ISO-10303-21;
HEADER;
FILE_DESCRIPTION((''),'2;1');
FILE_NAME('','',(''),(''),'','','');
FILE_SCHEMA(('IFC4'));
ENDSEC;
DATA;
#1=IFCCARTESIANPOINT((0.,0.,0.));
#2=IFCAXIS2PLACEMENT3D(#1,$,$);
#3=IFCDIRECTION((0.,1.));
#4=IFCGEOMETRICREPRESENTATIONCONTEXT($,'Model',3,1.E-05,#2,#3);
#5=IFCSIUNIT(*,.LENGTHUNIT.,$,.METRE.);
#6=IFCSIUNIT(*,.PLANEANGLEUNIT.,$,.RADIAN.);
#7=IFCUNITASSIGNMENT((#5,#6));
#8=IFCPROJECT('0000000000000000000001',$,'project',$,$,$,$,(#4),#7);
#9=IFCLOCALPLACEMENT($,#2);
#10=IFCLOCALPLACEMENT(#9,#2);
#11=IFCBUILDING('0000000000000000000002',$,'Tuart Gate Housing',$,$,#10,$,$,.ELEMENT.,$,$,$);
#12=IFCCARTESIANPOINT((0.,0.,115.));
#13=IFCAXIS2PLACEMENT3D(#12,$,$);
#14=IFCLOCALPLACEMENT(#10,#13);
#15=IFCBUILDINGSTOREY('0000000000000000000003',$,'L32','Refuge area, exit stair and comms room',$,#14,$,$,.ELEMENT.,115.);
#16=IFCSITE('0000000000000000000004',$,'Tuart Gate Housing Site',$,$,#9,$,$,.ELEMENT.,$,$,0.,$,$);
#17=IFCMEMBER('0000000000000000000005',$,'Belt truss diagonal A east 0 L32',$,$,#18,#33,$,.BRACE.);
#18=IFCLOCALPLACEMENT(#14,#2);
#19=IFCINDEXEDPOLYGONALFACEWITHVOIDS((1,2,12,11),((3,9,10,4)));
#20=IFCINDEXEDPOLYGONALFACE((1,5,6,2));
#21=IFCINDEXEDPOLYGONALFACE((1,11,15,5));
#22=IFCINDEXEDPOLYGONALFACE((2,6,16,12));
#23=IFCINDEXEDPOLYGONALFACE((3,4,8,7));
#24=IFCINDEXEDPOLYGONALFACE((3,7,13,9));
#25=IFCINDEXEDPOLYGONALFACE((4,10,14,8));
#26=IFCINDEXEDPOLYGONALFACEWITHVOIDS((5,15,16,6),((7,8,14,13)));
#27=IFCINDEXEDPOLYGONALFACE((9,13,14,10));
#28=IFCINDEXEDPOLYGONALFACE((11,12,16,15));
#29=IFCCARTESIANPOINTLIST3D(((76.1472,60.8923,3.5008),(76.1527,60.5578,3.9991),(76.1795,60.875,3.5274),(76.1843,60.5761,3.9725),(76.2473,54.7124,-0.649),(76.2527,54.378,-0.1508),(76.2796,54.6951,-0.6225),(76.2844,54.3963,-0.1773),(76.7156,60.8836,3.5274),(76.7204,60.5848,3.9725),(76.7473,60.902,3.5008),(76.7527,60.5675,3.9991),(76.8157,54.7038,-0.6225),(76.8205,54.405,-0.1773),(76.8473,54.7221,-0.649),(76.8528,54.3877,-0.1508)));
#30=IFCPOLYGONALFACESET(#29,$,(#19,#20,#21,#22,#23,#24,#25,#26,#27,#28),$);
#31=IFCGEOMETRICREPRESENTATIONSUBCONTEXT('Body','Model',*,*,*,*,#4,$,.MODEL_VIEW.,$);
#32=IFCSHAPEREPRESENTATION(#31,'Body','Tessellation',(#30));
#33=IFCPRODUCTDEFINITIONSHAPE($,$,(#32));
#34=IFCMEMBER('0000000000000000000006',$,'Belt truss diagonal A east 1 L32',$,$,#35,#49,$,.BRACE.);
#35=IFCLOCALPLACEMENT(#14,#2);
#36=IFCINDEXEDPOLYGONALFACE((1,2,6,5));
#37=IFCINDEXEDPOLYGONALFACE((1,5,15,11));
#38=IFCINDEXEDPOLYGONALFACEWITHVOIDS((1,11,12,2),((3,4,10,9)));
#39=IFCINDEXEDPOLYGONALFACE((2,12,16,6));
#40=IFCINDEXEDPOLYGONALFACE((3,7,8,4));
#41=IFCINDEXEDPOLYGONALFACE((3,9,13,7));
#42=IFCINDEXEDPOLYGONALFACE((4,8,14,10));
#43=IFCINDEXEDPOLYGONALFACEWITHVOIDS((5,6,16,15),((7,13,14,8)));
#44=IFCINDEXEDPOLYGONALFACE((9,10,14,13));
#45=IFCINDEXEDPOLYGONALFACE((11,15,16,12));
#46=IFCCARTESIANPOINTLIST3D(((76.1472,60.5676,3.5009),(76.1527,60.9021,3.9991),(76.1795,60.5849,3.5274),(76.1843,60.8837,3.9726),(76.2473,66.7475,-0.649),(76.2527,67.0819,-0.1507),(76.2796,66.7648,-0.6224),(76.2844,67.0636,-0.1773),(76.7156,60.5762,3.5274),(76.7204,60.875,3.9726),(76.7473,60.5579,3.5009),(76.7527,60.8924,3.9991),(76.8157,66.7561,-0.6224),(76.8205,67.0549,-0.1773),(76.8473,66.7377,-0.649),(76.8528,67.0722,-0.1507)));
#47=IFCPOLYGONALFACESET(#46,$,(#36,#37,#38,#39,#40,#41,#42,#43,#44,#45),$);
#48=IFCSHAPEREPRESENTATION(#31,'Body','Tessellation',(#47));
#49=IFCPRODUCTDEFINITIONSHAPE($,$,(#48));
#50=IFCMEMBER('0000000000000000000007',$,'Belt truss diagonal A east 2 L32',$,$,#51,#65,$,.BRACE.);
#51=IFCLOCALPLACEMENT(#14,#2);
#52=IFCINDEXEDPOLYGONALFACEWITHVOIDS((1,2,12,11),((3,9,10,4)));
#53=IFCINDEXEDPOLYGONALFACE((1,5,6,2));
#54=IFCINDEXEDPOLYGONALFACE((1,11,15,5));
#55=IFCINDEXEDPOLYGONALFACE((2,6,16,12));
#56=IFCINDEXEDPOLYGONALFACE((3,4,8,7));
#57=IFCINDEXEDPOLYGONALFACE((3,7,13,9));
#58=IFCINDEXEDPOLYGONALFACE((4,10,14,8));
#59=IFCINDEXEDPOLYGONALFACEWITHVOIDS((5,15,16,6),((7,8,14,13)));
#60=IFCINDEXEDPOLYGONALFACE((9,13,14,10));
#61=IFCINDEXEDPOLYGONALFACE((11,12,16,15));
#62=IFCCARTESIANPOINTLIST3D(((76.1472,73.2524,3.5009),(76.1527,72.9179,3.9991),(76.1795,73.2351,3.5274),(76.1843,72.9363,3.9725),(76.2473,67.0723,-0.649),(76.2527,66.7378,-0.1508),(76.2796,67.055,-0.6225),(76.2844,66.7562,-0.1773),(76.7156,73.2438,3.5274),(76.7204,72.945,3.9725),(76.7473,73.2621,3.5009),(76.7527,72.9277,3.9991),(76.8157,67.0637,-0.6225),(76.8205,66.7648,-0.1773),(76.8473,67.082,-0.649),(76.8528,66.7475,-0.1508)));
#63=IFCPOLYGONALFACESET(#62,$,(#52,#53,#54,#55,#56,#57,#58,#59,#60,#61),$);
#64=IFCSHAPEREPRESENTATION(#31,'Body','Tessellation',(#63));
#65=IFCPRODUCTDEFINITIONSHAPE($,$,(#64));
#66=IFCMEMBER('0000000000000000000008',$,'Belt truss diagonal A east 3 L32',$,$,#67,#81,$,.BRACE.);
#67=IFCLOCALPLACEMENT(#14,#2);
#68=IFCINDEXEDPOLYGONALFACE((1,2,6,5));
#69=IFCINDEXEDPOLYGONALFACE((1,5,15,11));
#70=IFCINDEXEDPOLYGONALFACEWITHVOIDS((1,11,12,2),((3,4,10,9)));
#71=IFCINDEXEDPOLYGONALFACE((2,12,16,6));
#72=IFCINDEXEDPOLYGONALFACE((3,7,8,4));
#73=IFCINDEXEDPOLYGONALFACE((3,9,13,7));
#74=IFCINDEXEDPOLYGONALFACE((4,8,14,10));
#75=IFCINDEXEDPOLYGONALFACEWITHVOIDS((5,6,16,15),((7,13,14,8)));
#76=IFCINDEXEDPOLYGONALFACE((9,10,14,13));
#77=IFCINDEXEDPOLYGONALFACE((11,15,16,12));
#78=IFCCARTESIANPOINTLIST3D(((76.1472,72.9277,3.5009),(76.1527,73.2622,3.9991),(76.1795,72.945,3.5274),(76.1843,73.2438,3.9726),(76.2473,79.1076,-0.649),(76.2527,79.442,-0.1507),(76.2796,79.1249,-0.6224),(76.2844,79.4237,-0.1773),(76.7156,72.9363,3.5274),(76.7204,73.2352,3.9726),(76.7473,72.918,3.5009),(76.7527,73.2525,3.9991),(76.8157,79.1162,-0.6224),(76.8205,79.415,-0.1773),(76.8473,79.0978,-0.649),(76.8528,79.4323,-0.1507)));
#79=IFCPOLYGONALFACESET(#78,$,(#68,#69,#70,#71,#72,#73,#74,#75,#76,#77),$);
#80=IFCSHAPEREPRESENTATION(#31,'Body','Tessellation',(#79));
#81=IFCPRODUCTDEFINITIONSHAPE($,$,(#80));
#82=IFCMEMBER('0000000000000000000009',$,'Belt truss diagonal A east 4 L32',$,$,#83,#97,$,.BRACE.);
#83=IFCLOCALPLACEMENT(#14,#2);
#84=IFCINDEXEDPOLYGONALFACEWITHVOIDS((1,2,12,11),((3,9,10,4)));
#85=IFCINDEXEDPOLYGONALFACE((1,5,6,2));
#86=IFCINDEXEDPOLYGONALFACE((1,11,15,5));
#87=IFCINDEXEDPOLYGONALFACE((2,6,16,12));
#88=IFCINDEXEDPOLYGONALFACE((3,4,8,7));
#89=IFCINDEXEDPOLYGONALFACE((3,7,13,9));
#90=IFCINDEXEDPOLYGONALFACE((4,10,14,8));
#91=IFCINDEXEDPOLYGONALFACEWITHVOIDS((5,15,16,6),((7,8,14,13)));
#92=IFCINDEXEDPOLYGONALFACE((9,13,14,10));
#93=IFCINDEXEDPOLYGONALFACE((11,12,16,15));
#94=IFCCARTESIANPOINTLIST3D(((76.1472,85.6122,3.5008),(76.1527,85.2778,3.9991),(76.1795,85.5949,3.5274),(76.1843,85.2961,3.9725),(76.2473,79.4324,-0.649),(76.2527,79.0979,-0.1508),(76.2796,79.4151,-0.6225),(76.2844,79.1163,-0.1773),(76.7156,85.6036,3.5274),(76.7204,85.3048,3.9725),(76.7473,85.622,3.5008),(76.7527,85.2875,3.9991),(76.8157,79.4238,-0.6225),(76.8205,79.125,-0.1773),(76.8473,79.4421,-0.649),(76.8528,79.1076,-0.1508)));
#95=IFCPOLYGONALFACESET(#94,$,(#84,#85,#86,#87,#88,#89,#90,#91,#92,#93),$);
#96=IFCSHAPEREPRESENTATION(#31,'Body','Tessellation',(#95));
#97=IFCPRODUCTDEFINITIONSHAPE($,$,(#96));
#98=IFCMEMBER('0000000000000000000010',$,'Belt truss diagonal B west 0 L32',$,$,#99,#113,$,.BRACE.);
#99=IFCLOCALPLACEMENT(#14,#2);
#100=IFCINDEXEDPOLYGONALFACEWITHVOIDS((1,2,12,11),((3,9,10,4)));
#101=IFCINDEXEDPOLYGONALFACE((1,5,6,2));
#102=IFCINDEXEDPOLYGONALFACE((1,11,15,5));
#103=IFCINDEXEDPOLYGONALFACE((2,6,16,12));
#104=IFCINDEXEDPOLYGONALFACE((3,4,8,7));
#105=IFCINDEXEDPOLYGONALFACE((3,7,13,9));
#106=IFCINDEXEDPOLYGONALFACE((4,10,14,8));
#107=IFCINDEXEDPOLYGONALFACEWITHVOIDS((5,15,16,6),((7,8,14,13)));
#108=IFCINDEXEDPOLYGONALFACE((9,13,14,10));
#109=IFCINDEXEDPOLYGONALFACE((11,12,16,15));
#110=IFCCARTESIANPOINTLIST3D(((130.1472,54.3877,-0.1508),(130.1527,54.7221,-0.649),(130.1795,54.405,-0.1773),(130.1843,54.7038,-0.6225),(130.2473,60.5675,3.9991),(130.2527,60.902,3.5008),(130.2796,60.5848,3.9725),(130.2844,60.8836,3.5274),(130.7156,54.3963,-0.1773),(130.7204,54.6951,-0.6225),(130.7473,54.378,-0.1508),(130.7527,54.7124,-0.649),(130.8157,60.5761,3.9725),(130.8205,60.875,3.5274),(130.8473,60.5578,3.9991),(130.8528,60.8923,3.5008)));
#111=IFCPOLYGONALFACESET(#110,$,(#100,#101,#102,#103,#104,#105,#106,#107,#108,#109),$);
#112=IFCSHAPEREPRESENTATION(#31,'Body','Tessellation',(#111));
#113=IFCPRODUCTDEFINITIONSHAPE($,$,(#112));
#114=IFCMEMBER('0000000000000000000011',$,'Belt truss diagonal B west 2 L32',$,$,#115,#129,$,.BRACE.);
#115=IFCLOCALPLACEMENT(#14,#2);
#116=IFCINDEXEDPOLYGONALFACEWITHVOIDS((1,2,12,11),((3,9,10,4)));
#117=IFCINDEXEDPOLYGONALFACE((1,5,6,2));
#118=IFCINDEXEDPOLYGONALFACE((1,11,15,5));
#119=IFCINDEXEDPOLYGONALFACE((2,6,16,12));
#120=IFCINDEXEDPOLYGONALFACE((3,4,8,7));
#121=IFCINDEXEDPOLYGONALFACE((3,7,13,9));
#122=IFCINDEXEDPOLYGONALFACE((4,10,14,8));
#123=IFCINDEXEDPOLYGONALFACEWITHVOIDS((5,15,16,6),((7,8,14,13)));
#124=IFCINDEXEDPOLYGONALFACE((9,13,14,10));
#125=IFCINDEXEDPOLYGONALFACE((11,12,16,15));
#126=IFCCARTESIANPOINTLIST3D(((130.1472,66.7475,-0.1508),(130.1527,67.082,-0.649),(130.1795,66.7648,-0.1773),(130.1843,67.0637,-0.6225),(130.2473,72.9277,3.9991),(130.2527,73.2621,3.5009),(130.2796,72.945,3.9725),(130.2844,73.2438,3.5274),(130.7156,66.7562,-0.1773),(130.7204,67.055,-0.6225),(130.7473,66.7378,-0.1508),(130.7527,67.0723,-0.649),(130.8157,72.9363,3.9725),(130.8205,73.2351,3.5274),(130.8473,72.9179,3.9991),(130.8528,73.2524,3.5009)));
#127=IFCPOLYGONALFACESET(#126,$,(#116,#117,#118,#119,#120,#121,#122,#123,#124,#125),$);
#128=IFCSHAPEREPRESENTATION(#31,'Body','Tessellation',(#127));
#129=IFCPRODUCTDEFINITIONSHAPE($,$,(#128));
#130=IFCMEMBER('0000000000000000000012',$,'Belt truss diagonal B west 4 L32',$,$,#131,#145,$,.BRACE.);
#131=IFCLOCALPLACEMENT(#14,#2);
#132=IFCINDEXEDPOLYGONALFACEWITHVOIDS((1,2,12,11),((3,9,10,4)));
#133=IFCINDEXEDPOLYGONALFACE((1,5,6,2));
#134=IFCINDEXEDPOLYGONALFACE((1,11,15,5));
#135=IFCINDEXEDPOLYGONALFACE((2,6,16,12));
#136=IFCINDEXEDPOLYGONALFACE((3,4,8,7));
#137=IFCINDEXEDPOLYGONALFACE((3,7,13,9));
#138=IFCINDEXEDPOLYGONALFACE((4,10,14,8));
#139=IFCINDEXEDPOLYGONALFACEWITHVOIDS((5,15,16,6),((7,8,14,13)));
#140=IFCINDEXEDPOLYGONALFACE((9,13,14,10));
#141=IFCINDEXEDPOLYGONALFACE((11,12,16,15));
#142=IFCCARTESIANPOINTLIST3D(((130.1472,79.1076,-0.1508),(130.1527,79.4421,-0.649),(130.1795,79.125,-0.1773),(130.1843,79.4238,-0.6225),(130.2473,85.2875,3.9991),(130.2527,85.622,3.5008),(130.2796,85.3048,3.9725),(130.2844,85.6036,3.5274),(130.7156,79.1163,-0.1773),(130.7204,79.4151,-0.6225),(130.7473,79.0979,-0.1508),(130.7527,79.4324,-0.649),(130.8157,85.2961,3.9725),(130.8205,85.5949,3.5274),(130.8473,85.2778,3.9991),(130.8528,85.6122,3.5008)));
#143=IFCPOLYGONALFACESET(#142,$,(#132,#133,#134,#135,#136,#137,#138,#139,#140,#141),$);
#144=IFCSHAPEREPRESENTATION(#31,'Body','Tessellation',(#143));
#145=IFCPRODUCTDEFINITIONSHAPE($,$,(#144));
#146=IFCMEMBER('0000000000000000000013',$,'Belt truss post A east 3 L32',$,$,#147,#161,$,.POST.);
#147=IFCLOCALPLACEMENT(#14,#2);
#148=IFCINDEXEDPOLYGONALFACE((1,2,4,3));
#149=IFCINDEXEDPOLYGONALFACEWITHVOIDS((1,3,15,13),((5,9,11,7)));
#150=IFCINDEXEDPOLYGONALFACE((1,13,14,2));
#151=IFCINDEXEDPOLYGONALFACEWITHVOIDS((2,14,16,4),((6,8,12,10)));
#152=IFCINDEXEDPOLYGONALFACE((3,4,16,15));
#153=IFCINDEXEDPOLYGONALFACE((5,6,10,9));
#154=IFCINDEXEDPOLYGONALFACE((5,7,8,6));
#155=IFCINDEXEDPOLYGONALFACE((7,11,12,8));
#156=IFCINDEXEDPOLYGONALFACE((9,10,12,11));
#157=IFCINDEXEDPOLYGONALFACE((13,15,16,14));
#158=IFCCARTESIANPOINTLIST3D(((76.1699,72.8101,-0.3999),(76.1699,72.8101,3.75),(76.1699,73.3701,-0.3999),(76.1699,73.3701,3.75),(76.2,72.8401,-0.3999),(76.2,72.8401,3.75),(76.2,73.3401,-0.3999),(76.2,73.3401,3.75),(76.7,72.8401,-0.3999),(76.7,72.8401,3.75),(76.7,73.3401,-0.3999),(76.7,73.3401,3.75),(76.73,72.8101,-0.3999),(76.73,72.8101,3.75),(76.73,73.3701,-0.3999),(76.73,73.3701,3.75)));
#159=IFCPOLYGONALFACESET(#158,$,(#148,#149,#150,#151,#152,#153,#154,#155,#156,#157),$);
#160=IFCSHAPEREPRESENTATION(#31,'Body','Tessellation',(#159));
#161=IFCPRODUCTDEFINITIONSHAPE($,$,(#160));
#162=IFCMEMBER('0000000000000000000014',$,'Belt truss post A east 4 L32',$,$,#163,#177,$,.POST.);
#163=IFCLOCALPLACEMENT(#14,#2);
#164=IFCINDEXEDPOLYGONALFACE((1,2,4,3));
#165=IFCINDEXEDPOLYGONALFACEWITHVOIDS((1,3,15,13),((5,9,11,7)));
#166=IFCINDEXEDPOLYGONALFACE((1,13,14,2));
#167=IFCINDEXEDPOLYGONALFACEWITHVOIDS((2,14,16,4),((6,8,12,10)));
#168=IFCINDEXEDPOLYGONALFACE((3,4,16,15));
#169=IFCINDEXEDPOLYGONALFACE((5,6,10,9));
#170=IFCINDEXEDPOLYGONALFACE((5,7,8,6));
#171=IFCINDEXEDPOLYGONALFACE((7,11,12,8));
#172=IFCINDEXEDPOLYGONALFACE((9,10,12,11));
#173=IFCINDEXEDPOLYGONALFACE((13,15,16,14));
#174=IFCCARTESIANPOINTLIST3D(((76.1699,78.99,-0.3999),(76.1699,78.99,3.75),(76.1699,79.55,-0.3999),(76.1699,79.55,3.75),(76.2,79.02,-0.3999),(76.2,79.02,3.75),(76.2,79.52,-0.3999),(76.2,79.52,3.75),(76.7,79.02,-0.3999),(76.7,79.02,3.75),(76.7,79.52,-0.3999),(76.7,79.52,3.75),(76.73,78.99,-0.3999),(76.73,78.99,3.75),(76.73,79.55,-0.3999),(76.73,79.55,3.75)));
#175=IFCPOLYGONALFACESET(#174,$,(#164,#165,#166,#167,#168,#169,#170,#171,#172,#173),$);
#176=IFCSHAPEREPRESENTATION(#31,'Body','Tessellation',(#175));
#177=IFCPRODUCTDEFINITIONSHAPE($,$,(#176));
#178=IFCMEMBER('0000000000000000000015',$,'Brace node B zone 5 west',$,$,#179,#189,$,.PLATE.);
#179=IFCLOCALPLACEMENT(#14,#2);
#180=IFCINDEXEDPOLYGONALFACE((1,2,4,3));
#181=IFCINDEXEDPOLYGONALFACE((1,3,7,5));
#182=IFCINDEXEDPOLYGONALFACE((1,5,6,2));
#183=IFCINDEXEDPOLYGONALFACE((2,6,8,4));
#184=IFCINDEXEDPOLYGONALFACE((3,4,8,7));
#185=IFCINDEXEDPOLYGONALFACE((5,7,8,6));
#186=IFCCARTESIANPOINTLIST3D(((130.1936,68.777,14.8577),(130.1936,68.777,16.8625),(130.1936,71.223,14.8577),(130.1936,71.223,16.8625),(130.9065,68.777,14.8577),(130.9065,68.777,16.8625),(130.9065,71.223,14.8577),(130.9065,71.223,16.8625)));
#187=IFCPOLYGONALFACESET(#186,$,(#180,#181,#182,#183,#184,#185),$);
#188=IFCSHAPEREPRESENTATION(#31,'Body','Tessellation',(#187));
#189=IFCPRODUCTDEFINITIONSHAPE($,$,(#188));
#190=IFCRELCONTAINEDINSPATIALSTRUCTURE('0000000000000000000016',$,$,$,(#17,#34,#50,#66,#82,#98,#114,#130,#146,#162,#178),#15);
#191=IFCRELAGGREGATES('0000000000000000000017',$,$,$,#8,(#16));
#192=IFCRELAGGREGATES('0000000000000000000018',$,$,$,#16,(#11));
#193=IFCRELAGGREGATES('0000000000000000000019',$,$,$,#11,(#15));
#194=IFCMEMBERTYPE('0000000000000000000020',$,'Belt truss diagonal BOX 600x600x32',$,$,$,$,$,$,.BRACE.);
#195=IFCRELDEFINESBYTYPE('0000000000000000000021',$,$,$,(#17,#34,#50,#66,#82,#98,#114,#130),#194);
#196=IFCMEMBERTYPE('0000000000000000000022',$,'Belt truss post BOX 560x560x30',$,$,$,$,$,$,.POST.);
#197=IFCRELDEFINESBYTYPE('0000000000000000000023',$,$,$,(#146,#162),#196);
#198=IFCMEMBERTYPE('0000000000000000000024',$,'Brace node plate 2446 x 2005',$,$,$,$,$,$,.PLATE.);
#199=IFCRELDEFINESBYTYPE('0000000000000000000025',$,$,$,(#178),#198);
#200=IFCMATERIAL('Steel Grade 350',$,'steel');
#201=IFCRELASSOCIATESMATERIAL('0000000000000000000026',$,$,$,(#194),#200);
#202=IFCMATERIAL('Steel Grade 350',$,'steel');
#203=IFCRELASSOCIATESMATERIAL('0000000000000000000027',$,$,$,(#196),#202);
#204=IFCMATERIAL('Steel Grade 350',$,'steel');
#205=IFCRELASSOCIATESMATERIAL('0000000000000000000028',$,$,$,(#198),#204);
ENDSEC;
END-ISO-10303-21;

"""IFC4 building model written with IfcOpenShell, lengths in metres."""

from ifc_helpers import new_model, si_unit, direction, frame, origin, origin_2d, place, context, subcontext, project, spatial, rectangle, hollow_rectangle, extrude, material, material_profile, profile_set, type_object, element, save


model = new_model("IFC4")

# Units and contexts
model_context = context("Model", 3, precision=1e-05, world=origin(), true_north=direction((0.0, 1.0)))
body_context = subcontext(model_context, "Body", "Model", "MODEL_VIEW")
ifc_project = project(units=[si_unit("LENGTHUNIT", "METRE"), si_unit("PLANEANGLEUNIT", "RADIAN")], contexts=[model_context])

# Site, building, storey
site_placement = place(None, origin())
site = spatial("IfcSite", under=ifc_project, at=site_placement, Name="Tuart Gate Housing Site", CompositionType="ELEMENT", RefElevation=0.0)
building_placement = place(site_placement, origin())
building = spatial("IfcBuilding", under=site, at=building_placement, Name="Tuart Gate Housing", CompositionType="ELEMENT")
storey_placement = place(building_placement, frame((0.0, 0.0, 115.0)))
storey = spatial("IfcBuildingStorey", under=building, at=storey_placement, Name="L32", Description="Refuge area, exit stair and comms room", CompositionType="ELEMENT", Elevation=115.0)

# Members
ifc_material_1 = material(Name="Steel Grade 350", Category="steel")
ifc_material_profile_1 = material_profile(ifc_material_1, hollow_rectangle(XDim=0.6001, YDim=0.6001, WallThickness=0.032, at=origin_2d()), Name="BOX 600x600x32")
ifc_profile_set_1 = profile_set([ifc_material_profile_1], Name="Steel Grade 350")
member_type_1 = type_object("IfcMemberType", Name="Belt truss diagonal BOX 600x600x32", PredefinedType="BRACE", material=ifc_profile_set_1)
for number, where, z_axis, x_axis, name in (
    (1, (76.55, 54.55, -0.3999), (-0.013446, 0.830114, 0.557432), (-0.999869, -0.016195, 0.0), "Belt truss diagonal A east 0 L32"),
    (2, (76.45, 60.73, 3.75), (0.013446, 0.830114, -0.557432), (-0.999869, 0.016195, 0.0), "Belt truss diagonal A east 1 L32"),
):
    element("IfcMember", number, at=place(storey_placement, frame(where, z_axis=z_axis, x_axis=x_axis)), inside=storey, type_object=member_type_1, Name=name, PredefinedType="BRACE", context=body_context, shape_type="SweptSolid", body=[
        extrude(hollow_rectangle(XDim=0.6001, YDim=0.6001, WallThickness=0.032, at=origin_2d()), origin(), (0.0, 0.0, 1.0), 7.4446),
    ])
member_1_placement = place(storey_placement, frame((76.55, 66.9099, -0.3999), z_axis=(-0.013445, 0.830124, 0.557417), x_axis=(-0.999869, -0.016194, 0.0)))
element("IfcMember", 3, at=member_1_placement, inside=storey, type_object=member_type_1, Name="Belt truss diagonal A east 2 L32", PredefinedType="BRACE", context=body_context, shape_type="SweptSolid", body=[
    extrude(hollow_rectangle(XDim=0.6001, YDim=0.6001, WallThickness=0.032, at=origin_2d()), origin(), (0.0, 0.0, 1.0), 7.4448),
])
for number, where, z_axis, x_axis, name in (
    (4, (76.45, 73.0901, 3.75), (0.013446, 0.830114, -0.557432), (-0.999869, 0.016195, 0.0), "Belt truss diagonal A east 3 L32"),
    (5, (76.55, 79.27, -0.3999), (-0.013446, 0.830114, 0.557432), (-0.999869, -0.016195, 0.0), "Belt truss diagonal A east 4 L32"),
    (6, (130.45, 54.55, -0.3999), (0.013446, 0.830114, 0.557432), (-0.999869, 0.016195, 0.0), "Belt truss diagonal B west 0 L32"),
):
    element("IfcMember", number, at=place(storey_placement, frame(where, z_axis=z_axis, x_axis=x_axis)), inside=storey, type_object=member_type_1, Name=name, PredefinedType="BRACE", context=body_context, shape_type="SweptSolid", body=[
        extrude(hollow_rectangle(XDim=0.6001, YDim=0.6001, WallThickness=0.032, at=origin_2d()), origin(), (0.0, 0.0, 1.0), 7.4446),
    ])
member_2_placement = place(storey_placement, frame((130.45, 66.9099, -0.3999), z_axis=(0.013445, 0.830124, 0.557417), x_axis=(-0.999869, 0.016194, 0.0)))
element("IfcMember", 7, at=member_2_placement, inside=storey, type_object=member_type_1, Name="Belt truss diagonal B west 2 L32", PredefinedType="BRACE", context=body_context, shape_type="SweptSolid", body=[
    extrude(hollow_rectangle(XDim=0.6001, YDim=0.6001, WallThickness=0.032, at=origin_2d()), origin(), (0.0, 0.0, 1.0), 7.4448),
])
member_3_placement = place(storey_placement, frame((130.45, 79.27, -0.3999), z_axis=(0.013446, 0.830114, 0.557432), x_axis=(-0.999869, 0.016195, 0.0)))
element("IfcMember", 8, at=member_3_placement, inside=storey, type_object=member_type_1, Name="Belt truss diagonal B west 4 L32", PredefinedType="BRACE", context=body_context, shape_type="SweptSolid", body=[
    extrude(hollow_rectangle(XDim=0.6001, YDim=0.6001, WallThickness=0.032, at=origin_2d()), origin(), (0.0, 0.0, 1.0), 7.4446),
])
ifc_material_2 = material(Name="Steel Grade 350", Category="steel")
ifc_material_profile_2 = material_profile(ifc_material_2, hollow_rectangle(XDim=0.5601, YDim=0.5601, WallThickness=0.03, at=origin_2d()), Name="BOX 560x560x30")
ifc_profile_set_2 = profile_set([ifc_material_profile_2], Name="Steel Grade 350")
member_type_2 = type_object("IfcMemberType", Name="Belt truss post BOX 560x560x30", PredefinedType="POST", material=ifc_profile_set_2)
for number, where, z_axis, x_axis, name in (
    (9, (76.45, 73.0901, -0.3999), (0.0, 0.0, 1.0), (1.0, 0.0, 0.0), "Belt truss post A east 3 L32"),
    (10, (76.45, 79.27, -0.3999), (0.0, 0.0, 1.0), (1.0, 0.0, 0.0), "Belt truss post A east 4 L32"),
):
    element("IfcMember", number, at=place(storey_placement, frame(where, z_axis=z_axis, x_axis=x_axis)), inside=storey, type_object=member_type_2, Name=name, PredefinedType="POST", context=body_context, shape_type="SweptSolid", body=[
        extrude(hollow_rectangle(XDim=0.5601, YDim=0.5601, WallThickness=0.03, at=origin_2d()), origin(), (0.0, 0.0, 1.0), 4.1499),
    ])
ifc_material_3 = material(Name="Steel Grade 350", Category="steel")
ifc_material_profile_3 = material_profile(ifc_material_3, rectangle(XDim=2.446, YDim=2.0049, at=origin_2d()), Name="Brace node plate 2446 x 2005")
ifc_profile_set_3 = profile_set([ifc_material_profile_3], Name="Steel Grade 350")
member_type_3 = type_object("IfcMemberType", Name="Brace node plate 2446 x 2005", PredefinedType="PLATE", material=ifc_profile_set_3)
member_4_placement = place(storey_placement, frame((130.1936, 70.0, 15.8601), z_axis=(1.0, 0.0, 0.0), x_axis=(0.0, 1.0, 0.0)))
element("IfcMember", 11, at=member_4_placement, inside=storey, type_object=member_type_3, Name="Brace node B zone 5 west", PredefinedType="PLATE", context=body_context, shape_type="SweptSolid", body=[
    extrude(rectangle(XDim=2.446, YDim=2.0049, at=origin_2d()), origin(), (0.0, 0.0, 1.0), 0.7129),
])

save(model, "model.ifc")
